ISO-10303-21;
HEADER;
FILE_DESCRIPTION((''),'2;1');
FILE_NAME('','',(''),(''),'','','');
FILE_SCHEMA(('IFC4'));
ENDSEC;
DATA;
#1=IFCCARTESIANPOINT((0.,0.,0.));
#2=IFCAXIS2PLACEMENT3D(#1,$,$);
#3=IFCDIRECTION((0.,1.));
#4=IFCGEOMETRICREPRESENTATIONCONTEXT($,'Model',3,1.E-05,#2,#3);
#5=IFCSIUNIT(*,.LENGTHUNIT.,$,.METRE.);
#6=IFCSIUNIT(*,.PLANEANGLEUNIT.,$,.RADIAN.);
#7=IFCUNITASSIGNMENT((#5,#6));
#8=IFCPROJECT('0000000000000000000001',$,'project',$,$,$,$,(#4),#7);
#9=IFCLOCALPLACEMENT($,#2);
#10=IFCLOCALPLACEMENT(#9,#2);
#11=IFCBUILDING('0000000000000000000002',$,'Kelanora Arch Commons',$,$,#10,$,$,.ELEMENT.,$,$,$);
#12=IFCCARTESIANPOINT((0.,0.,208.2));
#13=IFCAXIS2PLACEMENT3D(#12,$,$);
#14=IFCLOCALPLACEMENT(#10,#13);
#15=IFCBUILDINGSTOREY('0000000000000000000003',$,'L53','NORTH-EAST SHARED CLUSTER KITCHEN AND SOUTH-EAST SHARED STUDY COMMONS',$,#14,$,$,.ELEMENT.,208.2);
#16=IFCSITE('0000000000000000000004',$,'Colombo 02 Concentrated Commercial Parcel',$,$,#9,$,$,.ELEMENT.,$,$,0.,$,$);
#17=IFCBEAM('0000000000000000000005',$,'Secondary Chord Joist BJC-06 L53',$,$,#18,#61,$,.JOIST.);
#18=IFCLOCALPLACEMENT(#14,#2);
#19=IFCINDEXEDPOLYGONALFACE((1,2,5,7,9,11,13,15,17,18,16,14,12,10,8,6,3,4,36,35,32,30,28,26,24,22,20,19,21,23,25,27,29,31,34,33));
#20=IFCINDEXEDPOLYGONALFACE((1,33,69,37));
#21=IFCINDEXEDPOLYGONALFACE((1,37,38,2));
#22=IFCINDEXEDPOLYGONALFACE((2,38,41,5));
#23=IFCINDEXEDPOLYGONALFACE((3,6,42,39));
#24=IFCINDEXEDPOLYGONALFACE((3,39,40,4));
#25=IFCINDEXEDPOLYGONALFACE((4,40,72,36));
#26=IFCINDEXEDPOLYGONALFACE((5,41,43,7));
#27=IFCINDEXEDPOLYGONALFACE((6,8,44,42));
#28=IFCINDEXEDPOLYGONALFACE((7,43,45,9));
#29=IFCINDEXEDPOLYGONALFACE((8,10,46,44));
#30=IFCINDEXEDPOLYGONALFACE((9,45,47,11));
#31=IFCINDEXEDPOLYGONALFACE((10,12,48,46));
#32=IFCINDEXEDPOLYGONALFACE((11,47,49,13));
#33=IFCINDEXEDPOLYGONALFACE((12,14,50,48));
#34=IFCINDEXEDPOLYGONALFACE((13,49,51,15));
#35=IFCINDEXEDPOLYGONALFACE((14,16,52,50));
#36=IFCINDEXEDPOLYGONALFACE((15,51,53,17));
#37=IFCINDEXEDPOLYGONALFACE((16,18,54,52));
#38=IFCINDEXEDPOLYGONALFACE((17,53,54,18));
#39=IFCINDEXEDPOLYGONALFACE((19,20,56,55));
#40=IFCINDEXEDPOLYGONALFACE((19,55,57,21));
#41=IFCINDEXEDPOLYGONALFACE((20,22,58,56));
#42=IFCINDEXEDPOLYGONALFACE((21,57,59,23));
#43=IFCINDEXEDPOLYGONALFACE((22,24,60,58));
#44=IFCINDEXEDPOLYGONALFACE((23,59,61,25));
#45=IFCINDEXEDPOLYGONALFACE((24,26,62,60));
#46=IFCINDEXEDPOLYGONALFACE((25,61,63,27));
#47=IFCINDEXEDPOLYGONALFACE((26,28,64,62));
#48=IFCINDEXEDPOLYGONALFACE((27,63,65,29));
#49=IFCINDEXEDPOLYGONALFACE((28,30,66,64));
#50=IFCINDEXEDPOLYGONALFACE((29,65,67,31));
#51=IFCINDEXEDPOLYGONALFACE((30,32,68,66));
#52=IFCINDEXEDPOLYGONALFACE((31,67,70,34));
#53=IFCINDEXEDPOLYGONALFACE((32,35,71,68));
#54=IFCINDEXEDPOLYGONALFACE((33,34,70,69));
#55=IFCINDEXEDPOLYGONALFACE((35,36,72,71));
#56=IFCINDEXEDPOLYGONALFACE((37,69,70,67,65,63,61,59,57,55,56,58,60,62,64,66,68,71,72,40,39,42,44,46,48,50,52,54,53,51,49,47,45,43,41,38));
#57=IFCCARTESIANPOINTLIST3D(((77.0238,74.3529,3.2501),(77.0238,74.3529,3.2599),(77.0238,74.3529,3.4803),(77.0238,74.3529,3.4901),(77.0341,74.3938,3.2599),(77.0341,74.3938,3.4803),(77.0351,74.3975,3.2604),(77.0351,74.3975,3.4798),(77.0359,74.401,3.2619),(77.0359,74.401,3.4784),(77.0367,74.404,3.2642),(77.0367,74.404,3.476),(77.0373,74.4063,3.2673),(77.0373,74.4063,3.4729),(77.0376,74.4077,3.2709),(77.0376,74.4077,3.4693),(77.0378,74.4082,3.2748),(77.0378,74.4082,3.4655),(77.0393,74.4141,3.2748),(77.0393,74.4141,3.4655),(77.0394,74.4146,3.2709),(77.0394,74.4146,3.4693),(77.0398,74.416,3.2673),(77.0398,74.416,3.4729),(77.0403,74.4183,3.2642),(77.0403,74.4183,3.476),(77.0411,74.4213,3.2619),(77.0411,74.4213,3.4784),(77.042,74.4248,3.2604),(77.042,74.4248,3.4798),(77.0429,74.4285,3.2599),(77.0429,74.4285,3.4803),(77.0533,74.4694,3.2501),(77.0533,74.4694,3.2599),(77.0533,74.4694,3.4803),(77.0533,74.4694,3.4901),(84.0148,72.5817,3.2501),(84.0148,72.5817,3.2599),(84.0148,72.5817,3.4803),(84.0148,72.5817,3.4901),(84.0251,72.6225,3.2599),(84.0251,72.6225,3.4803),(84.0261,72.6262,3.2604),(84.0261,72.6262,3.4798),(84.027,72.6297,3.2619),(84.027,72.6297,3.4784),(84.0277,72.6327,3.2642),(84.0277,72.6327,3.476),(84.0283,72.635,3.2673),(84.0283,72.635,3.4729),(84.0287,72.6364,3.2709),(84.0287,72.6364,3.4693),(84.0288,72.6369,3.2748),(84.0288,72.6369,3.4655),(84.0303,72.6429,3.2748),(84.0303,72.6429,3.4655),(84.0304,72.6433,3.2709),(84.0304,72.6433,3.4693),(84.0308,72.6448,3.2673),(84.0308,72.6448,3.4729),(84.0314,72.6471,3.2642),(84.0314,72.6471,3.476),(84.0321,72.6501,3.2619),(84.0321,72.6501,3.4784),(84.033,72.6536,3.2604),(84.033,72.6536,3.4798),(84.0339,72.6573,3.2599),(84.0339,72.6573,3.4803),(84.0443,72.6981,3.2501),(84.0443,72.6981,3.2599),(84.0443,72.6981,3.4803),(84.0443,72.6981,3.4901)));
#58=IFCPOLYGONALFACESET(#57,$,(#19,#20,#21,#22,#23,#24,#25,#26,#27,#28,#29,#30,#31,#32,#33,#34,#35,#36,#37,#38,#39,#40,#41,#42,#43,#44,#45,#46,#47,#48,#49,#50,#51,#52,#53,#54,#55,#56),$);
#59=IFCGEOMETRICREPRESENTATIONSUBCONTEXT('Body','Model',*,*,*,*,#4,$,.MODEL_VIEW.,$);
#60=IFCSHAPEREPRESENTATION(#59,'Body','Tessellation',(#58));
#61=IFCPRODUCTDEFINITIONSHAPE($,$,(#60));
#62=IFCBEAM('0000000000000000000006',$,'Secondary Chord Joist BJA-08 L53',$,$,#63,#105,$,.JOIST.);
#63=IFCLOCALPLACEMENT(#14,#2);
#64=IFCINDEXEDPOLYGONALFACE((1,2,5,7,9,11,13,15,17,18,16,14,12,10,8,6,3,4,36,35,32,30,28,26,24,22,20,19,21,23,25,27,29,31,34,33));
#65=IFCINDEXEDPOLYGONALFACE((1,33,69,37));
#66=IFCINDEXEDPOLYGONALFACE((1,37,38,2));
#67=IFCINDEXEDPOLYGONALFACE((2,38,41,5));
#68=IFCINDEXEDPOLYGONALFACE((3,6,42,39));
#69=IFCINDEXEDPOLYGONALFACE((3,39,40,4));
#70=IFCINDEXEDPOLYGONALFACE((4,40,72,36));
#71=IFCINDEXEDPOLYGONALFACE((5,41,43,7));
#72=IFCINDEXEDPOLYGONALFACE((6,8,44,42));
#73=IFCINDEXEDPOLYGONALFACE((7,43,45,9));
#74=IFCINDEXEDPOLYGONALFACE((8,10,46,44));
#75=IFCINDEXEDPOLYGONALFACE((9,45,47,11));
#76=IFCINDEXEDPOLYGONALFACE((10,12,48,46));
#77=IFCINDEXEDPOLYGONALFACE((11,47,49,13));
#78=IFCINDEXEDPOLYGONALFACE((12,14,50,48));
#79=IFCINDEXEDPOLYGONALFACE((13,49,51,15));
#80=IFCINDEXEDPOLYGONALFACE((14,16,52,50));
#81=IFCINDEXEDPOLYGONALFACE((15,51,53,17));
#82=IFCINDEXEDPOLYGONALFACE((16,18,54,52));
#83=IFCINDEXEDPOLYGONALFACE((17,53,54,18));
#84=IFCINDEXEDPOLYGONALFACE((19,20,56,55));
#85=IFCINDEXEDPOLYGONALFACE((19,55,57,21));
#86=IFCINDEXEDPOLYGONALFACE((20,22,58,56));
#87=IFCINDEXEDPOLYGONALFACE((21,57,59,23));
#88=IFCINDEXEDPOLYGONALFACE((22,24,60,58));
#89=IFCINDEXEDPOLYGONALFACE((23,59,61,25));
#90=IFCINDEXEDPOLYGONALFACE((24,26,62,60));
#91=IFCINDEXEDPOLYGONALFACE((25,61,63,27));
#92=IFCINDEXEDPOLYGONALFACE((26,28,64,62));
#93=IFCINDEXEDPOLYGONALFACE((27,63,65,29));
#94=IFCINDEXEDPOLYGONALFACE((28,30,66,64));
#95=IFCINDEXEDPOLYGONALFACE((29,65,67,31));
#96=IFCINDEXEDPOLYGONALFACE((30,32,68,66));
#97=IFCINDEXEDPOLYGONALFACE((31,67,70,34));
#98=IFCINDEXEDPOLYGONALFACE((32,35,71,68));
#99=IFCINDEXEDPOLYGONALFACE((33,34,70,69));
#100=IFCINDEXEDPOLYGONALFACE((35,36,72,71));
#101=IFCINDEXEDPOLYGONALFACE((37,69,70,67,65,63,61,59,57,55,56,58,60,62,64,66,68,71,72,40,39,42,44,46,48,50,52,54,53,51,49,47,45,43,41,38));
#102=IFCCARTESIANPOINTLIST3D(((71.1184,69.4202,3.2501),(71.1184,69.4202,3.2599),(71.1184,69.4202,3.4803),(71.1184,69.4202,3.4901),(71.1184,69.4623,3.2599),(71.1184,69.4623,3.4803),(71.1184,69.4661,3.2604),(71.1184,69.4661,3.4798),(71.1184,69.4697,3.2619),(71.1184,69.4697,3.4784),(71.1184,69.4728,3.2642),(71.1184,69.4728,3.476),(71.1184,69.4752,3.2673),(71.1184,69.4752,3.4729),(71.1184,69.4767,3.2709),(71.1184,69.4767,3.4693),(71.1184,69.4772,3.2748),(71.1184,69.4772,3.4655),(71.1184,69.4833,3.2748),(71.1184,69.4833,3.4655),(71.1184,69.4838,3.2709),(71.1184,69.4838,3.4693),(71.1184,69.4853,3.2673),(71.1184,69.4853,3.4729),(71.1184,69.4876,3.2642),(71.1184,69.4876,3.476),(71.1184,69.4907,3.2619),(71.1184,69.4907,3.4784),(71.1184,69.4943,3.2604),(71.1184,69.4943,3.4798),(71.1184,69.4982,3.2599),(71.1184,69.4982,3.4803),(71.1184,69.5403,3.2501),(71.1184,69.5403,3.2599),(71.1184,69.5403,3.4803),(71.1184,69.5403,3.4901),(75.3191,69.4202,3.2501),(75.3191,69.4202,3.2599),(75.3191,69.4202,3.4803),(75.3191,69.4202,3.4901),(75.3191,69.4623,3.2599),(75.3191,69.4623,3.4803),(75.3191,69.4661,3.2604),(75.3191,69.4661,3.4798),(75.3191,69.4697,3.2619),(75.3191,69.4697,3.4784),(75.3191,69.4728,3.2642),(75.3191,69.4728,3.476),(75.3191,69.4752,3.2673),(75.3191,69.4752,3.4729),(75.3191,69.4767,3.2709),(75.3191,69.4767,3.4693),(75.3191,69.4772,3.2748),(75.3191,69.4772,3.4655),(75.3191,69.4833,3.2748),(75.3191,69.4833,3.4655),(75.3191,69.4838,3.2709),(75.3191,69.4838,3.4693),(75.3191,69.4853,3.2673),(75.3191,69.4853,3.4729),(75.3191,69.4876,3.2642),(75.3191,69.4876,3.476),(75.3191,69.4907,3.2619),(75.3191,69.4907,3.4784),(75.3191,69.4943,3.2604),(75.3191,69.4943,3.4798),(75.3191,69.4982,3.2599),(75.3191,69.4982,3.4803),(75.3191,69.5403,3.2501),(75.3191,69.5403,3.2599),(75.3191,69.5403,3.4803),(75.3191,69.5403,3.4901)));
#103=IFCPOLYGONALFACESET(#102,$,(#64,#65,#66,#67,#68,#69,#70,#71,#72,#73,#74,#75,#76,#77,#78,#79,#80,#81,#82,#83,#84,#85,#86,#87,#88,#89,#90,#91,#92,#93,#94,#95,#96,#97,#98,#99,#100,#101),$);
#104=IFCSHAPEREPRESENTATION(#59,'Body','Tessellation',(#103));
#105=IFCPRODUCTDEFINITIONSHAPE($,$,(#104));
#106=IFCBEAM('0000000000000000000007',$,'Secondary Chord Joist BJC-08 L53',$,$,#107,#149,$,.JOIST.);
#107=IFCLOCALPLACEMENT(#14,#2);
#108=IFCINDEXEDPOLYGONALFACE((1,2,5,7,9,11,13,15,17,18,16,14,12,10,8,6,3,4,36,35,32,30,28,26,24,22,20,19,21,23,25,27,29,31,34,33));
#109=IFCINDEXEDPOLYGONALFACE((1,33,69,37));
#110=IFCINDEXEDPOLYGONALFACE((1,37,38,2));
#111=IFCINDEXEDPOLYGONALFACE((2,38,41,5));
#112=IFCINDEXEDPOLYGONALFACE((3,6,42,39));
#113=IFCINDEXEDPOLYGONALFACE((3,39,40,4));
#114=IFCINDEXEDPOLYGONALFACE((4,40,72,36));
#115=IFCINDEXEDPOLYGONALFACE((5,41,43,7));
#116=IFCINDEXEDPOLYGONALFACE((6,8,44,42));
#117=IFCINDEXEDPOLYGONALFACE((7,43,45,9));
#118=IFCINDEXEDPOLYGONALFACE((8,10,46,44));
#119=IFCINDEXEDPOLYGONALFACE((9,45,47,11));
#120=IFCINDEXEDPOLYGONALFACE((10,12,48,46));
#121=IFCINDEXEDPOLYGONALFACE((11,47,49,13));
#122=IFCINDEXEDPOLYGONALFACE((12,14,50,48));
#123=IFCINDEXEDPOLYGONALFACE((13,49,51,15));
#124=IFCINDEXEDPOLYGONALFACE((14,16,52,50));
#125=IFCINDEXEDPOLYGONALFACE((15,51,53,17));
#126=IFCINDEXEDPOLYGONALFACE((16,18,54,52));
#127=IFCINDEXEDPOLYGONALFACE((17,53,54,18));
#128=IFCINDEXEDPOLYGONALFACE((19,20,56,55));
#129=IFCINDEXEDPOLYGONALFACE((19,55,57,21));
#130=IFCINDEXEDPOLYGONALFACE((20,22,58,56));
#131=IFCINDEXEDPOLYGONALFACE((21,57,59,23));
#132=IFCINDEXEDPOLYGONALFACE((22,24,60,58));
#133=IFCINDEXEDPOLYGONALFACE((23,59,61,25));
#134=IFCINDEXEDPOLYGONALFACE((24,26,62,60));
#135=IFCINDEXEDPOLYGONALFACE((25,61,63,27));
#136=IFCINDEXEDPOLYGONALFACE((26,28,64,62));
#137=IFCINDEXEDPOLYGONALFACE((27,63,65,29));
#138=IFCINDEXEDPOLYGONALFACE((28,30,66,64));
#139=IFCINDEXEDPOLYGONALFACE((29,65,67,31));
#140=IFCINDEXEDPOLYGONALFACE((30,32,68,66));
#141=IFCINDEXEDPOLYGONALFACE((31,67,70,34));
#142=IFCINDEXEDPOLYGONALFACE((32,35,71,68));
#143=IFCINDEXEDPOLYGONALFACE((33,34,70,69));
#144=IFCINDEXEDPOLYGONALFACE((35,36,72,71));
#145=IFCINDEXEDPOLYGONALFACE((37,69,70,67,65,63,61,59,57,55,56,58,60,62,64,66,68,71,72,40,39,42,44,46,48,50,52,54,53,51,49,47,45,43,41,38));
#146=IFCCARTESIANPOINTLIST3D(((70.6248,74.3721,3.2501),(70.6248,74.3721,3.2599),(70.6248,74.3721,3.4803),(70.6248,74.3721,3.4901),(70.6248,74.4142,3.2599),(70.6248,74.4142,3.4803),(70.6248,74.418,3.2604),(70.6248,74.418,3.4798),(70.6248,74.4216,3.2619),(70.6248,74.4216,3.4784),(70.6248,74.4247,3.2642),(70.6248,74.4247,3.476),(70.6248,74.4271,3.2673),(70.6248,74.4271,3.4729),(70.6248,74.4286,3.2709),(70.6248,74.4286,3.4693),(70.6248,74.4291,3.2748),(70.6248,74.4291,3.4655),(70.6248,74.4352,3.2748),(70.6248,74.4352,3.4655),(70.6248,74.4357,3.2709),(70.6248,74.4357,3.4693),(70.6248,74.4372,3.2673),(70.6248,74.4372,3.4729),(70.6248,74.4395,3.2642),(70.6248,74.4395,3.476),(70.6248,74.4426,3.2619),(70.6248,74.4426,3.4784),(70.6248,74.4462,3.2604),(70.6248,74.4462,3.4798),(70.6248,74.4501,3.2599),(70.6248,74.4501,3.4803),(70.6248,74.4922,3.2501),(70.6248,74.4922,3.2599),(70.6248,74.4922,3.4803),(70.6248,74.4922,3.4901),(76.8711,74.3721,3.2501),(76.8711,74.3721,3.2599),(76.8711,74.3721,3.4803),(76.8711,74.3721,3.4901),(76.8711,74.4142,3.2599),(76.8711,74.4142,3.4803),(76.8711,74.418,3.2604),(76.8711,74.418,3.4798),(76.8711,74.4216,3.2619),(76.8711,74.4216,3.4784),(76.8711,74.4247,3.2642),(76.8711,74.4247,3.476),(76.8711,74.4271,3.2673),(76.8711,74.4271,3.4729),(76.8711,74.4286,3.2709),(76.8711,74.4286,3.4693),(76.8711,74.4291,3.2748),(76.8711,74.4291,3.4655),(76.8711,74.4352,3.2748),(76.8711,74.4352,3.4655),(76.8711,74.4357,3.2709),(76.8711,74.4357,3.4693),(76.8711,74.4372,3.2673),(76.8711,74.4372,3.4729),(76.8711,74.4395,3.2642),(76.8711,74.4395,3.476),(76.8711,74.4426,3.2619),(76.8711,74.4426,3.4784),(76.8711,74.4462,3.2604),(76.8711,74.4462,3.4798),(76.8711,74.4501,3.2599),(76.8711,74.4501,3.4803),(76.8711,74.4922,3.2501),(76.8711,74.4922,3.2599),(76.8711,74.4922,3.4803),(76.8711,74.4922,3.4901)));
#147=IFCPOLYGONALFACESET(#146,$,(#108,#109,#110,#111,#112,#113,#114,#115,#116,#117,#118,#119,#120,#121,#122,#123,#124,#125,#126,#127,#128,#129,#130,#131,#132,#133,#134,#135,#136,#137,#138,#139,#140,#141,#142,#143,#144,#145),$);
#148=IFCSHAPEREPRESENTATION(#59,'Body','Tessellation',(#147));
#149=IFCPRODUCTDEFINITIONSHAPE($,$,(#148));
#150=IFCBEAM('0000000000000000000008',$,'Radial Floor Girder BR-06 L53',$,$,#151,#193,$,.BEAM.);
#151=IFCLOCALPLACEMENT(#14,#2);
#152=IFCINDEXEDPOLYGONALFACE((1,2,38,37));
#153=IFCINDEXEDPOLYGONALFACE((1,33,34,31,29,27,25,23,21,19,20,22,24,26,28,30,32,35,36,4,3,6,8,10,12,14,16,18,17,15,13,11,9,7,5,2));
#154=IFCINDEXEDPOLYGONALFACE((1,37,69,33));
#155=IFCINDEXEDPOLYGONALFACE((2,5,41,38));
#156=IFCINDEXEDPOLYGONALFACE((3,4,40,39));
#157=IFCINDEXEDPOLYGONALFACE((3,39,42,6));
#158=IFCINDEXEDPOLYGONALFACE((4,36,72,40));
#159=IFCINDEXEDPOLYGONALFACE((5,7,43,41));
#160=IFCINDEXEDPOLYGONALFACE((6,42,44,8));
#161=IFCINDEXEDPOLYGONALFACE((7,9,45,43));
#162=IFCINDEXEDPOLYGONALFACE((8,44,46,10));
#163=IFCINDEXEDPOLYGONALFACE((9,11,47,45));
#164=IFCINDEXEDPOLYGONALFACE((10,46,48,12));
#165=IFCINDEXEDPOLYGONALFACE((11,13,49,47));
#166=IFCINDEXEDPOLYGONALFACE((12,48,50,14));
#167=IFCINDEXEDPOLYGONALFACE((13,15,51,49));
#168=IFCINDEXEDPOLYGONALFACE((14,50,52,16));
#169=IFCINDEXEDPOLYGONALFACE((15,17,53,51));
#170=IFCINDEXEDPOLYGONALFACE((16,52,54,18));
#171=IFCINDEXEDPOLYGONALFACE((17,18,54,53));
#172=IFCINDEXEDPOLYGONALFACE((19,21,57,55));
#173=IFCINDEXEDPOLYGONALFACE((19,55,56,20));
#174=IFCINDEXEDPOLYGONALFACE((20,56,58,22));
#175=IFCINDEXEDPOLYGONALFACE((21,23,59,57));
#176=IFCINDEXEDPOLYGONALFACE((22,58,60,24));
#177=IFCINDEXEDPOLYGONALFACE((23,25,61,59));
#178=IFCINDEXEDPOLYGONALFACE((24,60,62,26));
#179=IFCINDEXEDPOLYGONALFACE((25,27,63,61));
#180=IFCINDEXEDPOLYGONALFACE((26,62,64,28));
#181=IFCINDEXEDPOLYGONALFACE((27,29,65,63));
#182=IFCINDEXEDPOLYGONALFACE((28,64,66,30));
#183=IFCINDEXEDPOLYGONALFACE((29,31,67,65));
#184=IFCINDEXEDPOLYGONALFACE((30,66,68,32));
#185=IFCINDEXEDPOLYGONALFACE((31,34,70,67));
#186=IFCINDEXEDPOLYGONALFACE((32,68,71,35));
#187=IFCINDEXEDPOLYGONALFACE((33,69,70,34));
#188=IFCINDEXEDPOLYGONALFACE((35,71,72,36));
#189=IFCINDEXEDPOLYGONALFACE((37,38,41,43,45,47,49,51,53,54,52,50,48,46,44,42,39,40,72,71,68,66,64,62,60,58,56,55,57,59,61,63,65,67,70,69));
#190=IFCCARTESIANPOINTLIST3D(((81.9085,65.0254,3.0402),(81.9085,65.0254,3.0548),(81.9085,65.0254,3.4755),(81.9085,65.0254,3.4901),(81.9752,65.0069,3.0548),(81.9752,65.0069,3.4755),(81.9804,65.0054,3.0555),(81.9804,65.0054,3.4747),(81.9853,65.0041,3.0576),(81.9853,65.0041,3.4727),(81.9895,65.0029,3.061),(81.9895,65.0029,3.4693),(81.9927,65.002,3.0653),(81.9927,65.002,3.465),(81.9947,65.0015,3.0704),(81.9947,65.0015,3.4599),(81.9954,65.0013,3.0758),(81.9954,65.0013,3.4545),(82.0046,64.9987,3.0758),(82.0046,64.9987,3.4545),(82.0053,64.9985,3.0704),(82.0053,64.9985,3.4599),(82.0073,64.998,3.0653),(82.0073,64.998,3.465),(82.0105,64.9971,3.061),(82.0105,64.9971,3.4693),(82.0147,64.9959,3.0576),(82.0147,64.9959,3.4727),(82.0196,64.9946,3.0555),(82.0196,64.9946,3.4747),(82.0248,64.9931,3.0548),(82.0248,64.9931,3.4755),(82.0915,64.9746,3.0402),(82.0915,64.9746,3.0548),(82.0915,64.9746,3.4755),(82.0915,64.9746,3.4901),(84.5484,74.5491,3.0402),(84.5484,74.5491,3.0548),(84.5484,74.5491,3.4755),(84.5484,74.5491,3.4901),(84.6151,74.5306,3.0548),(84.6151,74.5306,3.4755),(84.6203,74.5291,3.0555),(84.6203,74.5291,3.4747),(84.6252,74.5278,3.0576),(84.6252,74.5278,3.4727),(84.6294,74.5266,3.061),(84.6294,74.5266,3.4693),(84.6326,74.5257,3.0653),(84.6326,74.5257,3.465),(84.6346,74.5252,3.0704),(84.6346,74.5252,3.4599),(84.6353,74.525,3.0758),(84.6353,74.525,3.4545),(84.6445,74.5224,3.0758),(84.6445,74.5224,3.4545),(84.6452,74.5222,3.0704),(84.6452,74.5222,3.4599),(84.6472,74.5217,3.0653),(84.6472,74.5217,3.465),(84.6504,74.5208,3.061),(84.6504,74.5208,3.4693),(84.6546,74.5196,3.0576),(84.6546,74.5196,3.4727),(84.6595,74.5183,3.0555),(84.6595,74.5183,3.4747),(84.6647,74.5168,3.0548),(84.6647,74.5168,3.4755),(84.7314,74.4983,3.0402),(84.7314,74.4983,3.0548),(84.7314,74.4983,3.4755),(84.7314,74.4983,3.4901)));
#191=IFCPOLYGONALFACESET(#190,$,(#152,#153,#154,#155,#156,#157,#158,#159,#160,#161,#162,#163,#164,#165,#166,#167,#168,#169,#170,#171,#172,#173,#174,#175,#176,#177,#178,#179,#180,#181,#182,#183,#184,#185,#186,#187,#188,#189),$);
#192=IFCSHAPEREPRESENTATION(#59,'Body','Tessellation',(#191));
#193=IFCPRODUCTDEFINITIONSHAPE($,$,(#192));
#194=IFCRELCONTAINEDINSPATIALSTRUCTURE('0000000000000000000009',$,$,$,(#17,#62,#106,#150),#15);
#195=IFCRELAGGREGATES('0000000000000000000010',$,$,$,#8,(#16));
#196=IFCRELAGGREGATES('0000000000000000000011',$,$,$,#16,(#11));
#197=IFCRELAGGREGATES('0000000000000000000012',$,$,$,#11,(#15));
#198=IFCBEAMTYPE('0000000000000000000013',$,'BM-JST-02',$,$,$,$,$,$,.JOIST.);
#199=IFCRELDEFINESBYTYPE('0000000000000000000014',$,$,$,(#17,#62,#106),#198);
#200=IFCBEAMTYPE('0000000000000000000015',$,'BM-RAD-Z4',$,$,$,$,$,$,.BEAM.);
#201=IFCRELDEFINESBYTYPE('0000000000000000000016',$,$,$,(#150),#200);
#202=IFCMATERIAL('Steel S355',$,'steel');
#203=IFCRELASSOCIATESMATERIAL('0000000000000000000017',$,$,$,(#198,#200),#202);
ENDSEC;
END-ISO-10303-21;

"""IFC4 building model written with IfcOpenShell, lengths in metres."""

from ifc_helpers import new_model, si_unit, direction, frame, origin, origin_2d, place, context, subcontext, project, spatial, i_section, extrude, material, material_profile, profile_set, type_object, element, save


model = new_model("IFC4")

# Units and contexts
model_context = context("Model", 3, precision=1e-05, world=origin(), true_north=direction((0.0, 1.0)))
body_context = subcontext(model_context, "Body", "Model", "MODEL_VIEW")
ifc_project = project(units=[si_unit("LENGTHUNIT", "METRE"), si_unit("PLANEANGLEUNIT", "RADIAN")], contexts=[model_context])

# Site, building, storey
site_placement = place(None, origin())
site = spatial("IfcSite", under=ifc_project, at=site_placement, Name="Colombo 02 Concentrated Commercial Parcel", CompositionType="ELEMENT", RefElevation=0.0)
building_placement = place(site_placement, origin())
building = spatial("IfcBuilding", under=site, at=building_placement, Name="Kelanora Arch Commons", CompositionType="ELEMENT")
storey_placement = place(building_placement, frame((0.0, 0.0, 208.2)))
storey = spatial("IfcBuildingStorey", under=building, at=storey_placement, Name="L53", Description="NORTH-EAST SHARED CLUSTER KITCHEN AND SOUTH-EAST SHARED STUDY COMMONS", CompositionType="ELEMENT", Elevation=208.2)

# Beams
ifc_material_1 = material(Name="Steel S355", Category="steel")
ifc_material_profile_1 = material_profile(ifc_material_1, i_section(OverallWidth=0.1201, OverallDepth=0.24, WebThickness=0.0061, FlangeThickness=0.0098, FilletRadius=0.0149, at=origin_2d()), Name="IPE240")
ifc_profile_set_1 = profile_set([ifc_material_profile_1], Name="Steel S355")
beam_type_1 = type_object("IfcBeamType", Name="BM-JST-02", PredefinedType="JOIST", material=ifc_profile_set_1)
beam_1_placement = place(storey_placement, frame((84.0295, 72.6399, 3.3701), z_axis=(-0.969371, 0.245601, 0.0), x_axis=(-0.245601, -0.969371, 0.0)))
element("IfcBeam", 1, at=beam_1_placement, inside=storey, type_object=beam_type_1, Name="Secondary Chord Joist BJC-06 L53", PredefinedType="JOIST", context=body_context, shape_type="SweptSolid", body=[
    extrude(i_section(OverallWidth=0.1201, OverallDepth=0.24, WebThickness=0.0061, FlangeThickness=0.0098, FilletRadius=0.0149, at=origin_2d()), origin(), (0.0, 0.0, 1.0), 7.2119),
])
beam_2_placement = place(storey_placement, frame((75.3191, 69.4802, 3.3701), z_axis=(-1.0, 0.0, 0.0), x_axis=(0.0, -1.0, 0.0)))
element("IfcBeam", 2, at=beam_2_placement, inside=storey, type_object=beam_type_1, Name="Secondary Chord Joist BJA-08 L53", PredefinedType="JOIST", context=body_context, shape_type="SweptSolid", body=[
    extrude(i_section(OverallWidth=0.1201, OverallDepth=0.24, WebThickness=0.0061, FlangeThickness=0.0098, FilletRadius=0.0149, at=origin_2d()), origin(), (0.0, 0.0, 1.0), 4.2007),
])
beam_3_placement = place(storey_placement, frame((76.8711, 74.4321, 3.3701), z_axis=(-1.0, 0.0, 0.0), x_axis=(0.0, -1.0, 0.0)))
element("IfcBeam", 3, at=beam_3_placement, inside=storey, type_object=beam_type_1, Name="Secondary Chord Joist BJC-08 L53", PredefinedType="JOIST", context=body_context, shape_type="SweptSolid", body=[
    extrude(i_section(OverallWidth=0.1201, OverallDepth=0.24, WebThickness=0.0061, FlangeThickness=0.0098, FilletRadius=0.0149, at=origin_2d()), origin(), (0.0, 0.0, 1.0), 6.2463),
])
ifc_material_profile_2 = material_profile(ifc_material_1, i_section(OverallWidth=0.1899, OverallDepth=0.45, WebThickness=0.0095, FlangeThickness=0.0146, FilletRadius=0.021, at=origin_2d()), Name="IPE450")
ifc_profile_set_2 = profile_set([ifc_material_profile_2], Name="Steel S355")
beam_type_2 = type_object("IfcBeamType", Name="BM-RAD-Z4", PredefinedType="BEAM", material=ifc_profile_set_2)
beam_4_placement = place(storey_placement, frame((82.0, 65.0, 3.2651), z_axis=(0.26712, 0.963663, 0.0), x_axis=(-0.963663, 0.26712, 0.0)))
element("IfcBeam", 4, at=beam_4_placement, inside=storey, type_object=beam_type_2, Name="Radial Floor Girder BR-06 L53", PredefinedType="BEAM", context=body_context, shape_type="SweptSolid", body=[
    extrude(i_section(OverallWidth=0.1899, OverallDepth=0.45, WebThickness=0.0095, FlangeThickness=0.0146, FilletRadius=0.021, at=origin_2d()), origin(), (0.0, 0.0, 1.0), 9.8828),
])

save(model, "model.ifc")
